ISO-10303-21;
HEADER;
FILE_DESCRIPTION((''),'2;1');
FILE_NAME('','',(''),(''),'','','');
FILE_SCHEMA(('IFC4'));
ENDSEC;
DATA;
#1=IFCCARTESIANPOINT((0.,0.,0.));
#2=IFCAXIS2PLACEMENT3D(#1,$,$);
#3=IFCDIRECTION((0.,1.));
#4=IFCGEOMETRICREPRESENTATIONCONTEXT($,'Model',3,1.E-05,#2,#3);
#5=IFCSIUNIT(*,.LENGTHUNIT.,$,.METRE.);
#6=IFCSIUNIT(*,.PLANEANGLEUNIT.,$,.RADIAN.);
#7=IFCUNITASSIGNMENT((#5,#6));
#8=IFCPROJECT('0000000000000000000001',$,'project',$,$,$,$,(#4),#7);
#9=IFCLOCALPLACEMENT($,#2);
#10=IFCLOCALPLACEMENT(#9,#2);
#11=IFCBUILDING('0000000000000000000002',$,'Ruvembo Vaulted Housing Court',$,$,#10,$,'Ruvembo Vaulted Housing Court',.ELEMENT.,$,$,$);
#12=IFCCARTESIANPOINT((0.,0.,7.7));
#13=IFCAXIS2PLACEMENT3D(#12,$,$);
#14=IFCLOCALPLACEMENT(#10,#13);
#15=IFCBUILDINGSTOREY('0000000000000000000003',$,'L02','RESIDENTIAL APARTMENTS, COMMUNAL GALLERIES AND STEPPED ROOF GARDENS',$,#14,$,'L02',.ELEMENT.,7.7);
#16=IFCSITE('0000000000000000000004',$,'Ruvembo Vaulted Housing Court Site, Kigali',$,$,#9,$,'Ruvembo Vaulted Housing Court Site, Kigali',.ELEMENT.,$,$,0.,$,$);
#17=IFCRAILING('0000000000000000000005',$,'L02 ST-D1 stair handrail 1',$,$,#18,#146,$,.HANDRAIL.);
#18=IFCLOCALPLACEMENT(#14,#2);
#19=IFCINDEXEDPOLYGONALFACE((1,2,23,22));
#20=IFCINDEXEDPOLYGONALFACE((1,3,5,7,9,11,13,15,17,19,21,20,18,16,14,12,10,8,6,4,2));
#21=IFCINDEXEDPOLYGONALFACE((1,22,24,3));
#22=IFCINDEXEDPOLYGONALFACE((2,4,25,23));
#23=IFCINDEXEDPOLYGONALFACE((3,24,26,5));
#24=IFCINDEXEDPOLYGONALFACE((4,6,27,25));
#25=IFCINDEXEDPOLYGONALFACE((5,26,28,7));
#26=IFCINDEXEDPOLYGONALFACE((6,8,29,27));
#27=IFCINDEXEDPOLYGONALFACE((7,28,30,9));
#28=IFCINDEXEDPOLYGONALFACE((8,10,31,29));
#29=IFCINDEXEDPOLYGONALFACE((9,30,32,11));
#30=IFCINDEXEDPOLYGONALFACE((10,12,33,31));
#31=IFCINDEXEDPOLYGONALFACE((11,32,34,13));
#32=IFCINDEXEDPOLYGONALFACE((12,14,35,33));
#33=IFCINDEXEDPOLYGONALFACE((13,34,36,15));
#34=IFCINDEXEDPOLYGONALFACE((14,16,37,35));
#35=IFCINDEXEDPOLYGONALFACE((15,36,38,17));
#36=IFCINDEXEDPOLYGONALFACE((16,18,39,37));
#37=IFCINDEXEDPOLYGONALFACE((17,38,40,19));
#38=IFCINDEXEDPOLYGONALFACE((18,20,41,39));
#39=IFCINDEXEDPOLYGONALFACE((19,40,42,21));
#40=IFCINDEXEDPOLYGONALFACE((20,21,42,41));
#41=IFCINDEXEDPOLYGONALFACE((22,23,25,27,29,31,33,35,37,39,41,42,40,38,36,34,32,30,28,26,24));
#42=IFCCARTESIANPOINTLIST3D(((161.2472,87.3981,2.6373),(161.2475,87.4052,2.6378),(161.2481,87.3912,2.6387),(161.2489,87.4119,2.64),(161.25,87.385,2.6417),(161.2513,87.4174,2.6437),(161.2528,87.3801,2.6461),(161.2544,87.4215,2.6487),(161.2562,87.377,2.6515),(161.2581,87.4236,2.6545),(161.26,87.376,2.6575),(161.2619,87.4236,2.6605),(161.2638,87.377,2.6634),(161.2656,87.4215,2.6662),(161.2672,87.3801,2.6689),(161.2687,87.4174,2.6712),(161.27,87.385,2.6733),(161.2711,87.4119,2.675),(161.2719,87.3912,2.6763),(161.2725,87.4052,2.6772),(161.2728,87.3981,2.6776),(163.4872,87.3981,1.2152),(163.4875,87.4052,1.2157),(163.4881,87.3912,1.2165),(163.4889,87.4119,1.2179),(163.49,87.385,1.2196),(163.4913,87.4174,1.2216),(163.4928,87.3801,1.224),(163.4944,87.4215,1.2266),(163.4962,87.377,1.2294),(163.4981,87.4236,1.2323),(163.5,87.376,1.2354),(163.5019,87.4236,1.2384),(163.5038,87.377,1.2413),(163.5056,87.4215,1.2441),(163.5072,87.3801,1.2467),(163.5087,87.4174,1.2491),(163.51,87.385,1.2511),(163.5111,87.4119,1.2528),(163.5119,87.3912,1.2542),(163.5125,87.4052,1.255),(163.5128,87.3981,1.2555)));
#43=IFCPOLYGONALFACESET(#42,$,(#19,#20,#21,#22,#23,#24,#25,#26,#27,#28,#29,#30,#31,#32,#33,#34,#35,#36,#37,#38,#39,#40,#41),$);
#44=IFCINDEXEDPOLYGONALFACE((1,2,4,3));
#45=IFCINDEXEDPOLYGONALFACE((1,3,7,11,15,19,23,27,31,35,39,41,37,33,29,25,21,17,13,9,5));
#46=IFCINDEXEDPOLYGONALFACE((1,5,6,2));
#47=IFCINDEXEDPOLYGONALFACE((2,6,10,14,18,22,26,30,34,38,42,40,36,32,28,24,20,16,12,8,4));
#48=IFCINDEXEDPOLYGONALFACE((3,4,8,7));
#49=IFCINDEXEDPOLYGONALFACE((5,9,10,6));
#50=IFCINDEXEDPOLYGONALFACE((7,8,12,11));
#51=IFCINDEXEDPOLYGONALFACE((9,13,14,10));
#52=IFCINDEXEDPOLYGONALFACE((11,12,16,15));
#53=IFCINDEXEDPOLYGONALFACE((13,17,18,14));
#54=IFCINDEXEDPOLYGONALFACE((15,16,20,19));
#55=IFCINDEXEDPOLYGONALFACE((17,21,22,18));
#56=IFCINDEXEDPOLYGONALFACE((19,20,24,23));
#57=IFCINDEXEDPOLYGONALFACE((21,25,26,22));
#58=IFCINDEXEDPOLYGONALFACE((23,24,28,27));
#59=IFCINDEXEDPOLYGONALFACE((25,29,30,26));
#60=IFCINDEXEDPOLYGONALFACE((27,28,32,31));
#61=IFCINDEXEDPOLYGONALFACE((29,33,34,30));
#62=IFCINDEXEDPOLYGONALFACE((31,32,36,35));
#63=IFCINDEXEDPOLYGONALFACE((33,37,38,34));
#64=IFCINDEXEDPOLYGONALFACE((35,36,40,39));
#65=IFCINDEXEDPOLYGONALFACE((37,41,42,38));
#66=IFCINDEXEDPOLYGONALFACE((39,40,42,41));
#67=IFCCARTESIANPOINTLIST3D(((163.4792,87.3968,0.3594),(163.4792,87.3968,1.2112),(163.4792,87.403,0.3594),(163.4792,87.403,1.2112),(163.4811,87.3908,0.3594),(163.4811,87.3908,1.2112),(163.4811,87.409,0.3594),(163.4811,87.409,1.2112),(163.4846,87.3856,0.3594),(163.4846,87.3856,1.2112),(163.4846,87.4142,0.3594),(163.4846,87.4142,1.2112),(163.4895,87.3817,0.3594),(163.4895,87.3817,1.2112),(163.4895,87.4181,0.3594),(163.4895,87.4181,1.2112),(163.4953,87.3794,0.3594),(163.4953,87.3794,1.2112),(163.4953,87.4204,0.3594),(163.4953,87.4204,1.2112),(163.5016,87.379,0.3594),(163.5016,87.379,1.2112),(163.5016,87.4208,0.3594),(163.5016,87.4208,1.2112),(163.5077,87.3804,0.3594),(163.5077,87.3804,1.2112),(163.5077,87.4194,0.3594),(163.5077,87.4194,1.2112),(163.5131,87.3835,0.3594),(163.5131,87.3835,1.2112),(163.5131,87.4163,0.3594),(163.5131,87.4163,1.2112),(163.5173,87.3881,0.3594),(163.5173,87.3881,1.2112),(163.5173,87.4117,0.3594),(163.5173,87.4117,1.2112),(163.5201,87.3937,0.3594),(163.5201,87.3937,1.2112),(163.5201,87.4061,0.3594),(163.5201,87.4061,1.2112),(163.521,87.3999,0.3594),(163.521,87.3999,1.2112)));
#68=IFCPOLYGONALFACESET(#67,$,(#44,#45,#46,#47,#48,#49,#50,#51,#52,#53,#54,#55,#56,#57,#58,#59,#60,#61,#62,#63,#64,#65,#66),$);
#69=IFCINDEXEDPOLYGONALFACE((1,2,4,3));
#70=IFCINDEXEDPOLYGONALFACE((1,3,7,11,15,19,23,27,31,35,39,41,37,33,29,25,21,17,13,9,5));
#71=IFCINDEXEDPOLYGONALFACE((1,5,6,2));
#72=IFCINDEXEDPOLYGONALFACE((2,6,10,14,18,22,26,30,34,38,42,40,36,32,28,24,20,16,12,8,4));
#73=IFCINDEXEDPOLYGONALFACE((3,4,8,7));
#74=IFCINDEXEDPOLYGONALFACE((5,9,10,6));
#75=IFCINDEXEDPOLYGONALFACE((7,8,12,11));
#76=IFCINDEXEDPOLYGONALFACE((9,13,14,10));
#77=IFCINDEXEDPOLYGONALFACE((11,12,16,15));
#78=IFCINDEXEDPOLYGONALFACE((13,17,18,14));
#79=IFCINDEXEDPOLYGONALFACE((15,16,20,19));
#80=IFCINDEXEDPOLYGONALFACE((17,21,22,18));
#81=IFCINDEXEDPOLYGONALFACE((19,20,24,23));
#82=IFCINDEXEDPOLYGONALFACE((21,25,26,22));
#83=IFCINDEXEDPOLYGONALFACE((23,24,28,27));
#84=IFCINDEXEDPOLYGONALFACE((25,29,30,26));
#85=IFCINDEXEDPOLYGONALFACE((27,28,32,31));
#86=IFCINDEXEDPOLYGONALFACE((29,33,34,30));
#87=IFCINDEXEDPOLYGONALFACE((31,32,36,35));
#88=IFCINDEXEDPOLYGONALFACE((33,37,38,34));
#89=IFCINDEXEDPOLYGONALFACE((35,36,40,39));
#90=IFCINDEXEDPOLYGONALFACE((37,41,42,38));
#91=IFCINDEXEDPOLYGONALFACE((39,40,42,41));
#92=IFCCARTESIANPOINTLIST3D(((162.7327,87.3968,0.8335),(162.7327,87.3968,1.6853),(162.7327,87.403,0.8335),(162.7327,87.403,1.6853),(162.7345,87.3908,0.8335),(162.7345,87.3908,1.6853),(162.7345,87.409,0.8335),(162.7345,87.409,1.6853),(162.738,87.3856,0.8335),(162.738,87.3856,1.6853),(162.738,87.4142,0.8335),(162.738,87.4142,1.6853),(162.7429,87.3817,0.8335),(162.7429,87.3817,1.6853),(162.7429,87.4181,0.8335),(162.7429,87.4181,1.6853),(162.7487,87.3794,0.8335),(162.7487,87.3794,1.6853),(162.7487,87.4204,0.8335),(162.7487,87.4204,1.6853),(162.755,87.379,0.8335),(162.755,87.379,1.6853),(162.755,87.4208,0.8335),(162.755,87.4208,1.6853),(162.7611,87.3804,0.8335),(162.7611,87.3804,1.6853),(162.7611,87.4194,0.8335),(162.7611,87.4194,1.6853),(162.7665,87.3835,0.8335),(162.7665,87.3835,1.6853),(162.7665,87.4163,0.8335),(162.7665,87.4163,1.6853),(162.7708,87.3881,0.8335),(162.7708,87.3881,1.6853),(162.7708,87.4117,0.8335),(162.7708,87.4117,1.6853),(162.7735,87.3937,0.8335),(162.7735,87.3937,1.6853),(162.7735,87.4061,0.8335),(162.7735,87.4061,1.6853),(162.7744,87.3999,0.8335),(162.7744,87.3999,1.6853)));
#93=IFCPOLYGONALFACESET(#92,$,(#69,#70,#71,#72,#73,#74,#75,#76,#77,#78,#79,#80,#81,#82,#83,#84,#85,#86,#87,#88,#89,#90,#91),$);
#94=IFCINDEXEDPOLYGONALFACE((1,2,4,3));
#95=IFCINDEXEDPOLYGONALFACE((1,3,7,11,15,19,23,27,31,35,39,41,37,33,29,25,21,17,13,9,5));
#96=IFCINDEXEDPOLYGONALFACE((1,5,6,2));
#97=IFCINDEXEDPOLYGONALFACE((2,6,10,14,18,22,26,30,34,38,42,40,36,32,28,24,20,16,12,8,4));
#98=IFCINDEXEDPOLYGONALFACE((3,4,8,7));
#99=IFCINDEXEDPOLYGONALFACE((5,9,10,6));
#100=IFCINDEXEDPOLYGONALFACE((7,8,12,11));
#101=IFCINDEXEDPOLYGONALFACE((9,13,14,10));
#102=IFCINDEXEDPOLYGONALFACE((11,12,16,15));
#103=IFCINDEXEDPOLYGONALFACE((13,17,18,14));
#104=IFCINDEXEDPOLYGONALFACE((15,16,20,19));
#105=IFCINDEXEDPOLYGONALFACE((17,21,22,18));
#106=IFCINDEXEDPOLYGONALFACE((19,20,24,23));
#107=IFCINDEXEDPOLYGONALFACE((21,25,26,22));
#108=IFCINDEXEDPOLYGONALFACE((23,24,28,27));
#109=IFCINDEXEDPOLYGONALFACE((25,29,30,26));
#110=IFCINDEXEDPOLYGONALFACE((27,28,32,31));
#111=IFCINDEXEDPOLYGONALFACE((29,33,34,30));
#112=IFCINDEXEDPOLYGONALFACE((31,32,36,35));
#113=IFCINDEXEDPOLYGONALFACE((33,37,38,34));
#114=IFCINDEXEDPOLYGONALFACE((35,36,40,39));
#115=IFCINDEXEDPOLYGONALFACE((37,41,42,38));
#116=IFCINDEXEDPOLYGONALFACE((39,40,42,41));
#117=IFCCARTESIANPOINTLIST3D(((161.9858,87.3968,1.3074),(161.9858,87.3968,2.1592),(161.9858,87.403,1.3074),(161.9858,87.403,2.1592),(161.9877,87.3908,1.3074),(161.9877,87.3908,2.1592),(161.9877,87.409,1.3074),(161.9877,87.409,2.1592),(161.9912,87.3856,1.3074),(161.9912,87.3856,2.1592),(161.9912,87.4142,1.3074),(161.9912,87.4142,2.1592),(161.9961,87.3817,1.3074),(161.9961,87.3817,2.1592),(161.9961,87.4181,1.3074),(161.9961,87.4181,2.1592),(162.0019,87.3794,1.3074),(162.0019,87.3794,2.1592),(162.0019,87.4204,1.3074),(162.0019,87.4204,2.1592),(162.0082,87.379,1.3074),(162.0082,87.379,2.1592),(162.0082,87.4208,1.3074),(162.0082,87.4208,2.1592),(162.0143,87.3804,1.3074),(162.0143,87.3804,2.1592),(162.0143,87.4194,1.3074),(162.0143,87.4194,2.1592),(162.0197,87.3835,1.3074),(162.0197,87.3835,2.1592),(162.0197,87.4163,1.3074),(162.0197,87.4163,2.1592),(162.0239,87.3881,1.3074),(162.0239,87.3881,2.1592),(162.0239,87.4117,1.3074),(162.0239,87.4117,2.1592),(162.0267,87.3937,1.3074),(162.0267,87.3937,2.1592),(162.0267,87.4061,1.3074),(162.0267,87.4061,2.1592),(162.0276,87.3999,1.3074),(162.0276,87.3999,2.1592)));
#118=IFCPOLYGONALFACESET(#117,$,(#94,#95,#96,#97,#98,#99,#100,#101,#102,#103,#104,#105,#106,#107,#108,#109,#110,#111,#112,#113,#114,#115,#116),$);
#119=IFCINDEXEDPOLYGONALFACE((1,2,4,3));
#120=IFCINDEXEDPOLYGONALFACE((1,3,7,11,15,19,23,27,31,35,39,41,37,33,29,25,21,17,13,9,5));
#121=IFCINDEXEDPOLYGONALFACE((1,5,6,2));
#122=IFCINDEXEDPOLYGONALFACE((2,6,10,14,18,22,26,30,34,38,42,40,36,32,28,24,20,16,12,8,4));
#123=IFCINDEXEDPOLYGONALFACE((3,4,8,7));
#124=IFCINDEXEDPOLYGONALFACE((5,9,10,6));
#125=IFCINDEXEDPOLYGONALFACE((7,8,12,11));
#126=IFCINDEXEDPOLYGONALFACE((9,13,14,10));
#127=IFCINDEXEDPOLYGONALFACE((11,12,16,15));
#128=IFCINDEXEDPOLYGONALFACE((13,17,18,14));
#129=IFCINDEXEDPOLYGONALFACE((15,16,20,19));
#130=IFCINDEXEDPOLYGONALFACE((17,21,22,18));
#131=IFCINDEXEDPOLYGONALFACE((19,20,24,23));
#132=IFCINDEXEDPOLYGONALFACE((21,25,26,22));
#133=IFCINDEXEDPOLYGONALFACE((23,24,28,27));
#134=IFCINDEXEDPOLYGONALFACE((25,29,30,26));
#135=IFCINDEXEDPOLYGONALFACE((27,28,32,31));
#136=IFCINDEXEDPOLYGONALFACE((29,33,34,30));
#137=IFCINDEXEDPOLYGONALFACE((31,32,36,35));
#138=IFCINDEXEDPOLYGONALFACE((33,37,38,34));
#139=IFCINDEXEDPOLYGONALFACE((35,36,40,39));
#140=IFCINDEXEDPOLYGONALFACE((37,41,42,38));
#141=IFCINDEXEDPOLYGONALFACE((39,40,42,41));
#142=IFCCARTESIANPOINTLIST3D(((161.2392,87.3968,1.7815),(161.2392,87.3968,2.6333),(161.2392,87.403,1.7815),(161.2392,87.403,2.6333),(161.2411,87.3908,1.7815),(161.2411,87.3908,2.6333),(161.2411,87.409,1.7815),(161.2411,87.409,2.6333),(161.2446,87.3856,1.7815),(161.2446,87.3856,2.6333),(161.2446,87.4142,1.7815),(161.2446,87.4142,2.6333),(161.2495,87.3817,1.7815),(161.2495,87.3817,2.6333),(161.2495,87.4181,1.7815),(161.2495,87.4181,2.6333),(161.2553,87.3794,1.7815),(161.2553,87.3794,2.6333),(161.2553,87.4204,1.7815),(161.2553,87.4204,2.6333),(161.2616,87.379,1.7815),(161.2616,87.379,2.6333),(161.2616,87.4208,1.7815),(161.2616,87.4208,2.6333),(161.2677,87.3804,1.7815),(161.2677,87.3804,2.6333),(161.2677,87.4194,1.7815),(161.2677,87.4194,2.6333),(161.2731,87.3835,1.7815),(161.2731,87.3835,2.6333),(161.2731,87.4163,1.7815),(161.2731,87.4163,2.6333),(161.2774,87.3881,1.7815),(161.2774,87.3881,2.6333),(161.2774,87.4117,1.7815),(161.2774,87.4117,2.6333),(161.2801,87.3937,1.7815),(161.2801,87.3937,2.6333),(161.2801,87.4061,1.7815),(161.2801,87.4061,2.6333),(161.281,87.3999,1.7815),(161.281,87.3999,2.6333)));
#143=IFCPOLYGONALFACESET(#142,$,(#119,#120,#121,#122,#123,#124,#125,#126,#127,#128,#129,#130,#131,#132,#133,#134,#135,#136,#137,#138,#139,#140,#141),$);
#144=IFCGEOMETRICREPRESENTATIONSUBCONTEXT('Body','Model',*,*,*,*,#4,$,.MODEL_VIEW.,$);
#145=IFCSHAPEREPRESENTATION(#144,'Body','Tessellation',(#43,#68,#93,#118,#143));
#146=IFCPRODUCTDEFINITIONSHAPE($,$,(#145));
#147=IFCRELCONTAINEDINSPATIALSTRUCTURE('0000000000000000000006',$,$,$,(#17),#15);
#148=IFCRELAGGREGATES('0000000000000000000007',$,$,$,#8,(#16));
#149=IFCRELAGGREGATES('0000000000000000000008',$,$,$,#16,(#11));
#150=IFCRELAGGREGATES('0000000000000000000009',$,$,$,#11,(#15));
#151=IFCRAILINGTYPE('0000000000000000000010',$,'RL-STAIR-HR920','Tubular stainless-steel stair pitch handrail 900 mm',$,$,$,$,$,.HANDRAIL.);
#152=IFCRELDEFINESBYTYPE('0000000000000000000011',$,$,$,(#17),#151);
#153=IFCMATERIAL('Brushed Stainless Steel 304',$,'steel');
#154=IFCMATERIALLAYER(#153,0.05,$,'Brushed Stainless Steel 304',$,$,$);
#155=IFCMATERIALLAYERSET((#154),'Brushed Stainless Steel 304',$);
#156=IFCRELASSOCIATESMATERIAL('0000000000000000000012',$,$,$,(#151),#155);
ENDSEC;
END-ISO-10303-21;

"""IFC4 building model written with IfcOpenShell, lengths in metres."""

from ifc_helpers import new_model, si_unit, direction, frame, origin, origin_2d, place, context, subcontext, project, spatial, circle, extrude, material, layer, layer_set, type_object, element, save


model = new_model("IFC4")

# Units and contexts
model_context = context("Model", 3, precision=1e-05, world=origin(), true_north=direction((0.0, 1.0)))
body_context = subcontext(model_context, "Body", "Model", "MODEL_VIEW")
ifc_project = project(units=[si_unit("LENGTHUNIT", "METRE"), si_unit("PLANEANGLEUNIT", "RADIAN")], contexts=[model_context])

# Site, building, storey
site_placement = place(None, origin())
site = spatial("IfcSite", under=ifc_project, at=site_placement, Name="Ruvembo Vaulted Housing Court Site, Kigali", LongName="Ruvembo Vaulted Housing Court Site, Kigali", CompositionType="ELEMENT", RefElevation=0.0)
building_placement = place(site_placement, origin())
building = spatial("IfcBuilding", under=site, at=building_placement, Name="Ruvembo Vaulted Housing Court", LongName="Ruvembo Vaulted Housing Court", CompositionType="ELEMENT")
storey_placement = place(building_placement, frame((0.0, 0.0, 7.7)))
storey = spatial("IfcBuildingStorey", under=building, at=storey_placement, Name="L02", Description="RESIDENTIAL APARTMENTS, COMMUNAL GALLERIES AND STEPPED ROOF GARDENS", LongName="L02", CompositionType="ELEMENT", Elevation=7.7)

# Railing
ifc_material_1 = material(Name="Brushed Stainless Steel 304", Category="steel")
ifc_layer_1 = layer(ifc_material_1, 0.05, Name="Brushed Stainless Steel 304")
ifc_layer_set_1 = layer_set([ifc_layer_1], Name="Brushed Stainless Steel 304")
railing_type_1 = type_object("IfcRailingType", Name="RL-STAIR-HR920", Description="Tubular stainless-steel stair pitch handrail 900 mm", PredefinedType="HANDRAIL", material=ifc_layer_set_1)
railing_1_placement = place(storey_placement, frame((163.5, 87.3999, 0.3594)))
element("IfcRailing", 1, at=railing_1_placement, inside=storey, type_object=railing_type_1, Name="L02 ST-D1 stair handrail 1", PredefinedType="HANDRAIL", context=body_context, shape_type="SweptSolid", body=[
    extrude(circle(Radius=0.0239, at=origin_2d()), frame((0.0, 0.0, 0.876), z_axis=(-0.844229, 0.0, 0.535982), x_axis=(0.0, -1.0, 0.0)), (0.0, 0.0, 1.0), 2.6533),
    extrude(circle(Radius=0.021, at=origin_2d()), origin(), (0.0, 0.0, 1.0), 0.8518),
    extrude(circle(Radius=0.021, at=origin_2d()), frame((-0.7466, 0.0, 0.4741)), (0.0, 0.0, 1.0), 0.8518),
    extrude(circle(Radius=0.021, at=origin_2d()), frame((-1.4934, 0.0, 0.948)), (0.0, 0.0, 1.0), 0.8518),
    extrude(circle(Radius=0.021, at=origin_2d()), frame((-2.24, 0.0, 1.4221)), (0.0, 0.0, 1.0), 0.8518),
])

save(model, "model.ifc")
